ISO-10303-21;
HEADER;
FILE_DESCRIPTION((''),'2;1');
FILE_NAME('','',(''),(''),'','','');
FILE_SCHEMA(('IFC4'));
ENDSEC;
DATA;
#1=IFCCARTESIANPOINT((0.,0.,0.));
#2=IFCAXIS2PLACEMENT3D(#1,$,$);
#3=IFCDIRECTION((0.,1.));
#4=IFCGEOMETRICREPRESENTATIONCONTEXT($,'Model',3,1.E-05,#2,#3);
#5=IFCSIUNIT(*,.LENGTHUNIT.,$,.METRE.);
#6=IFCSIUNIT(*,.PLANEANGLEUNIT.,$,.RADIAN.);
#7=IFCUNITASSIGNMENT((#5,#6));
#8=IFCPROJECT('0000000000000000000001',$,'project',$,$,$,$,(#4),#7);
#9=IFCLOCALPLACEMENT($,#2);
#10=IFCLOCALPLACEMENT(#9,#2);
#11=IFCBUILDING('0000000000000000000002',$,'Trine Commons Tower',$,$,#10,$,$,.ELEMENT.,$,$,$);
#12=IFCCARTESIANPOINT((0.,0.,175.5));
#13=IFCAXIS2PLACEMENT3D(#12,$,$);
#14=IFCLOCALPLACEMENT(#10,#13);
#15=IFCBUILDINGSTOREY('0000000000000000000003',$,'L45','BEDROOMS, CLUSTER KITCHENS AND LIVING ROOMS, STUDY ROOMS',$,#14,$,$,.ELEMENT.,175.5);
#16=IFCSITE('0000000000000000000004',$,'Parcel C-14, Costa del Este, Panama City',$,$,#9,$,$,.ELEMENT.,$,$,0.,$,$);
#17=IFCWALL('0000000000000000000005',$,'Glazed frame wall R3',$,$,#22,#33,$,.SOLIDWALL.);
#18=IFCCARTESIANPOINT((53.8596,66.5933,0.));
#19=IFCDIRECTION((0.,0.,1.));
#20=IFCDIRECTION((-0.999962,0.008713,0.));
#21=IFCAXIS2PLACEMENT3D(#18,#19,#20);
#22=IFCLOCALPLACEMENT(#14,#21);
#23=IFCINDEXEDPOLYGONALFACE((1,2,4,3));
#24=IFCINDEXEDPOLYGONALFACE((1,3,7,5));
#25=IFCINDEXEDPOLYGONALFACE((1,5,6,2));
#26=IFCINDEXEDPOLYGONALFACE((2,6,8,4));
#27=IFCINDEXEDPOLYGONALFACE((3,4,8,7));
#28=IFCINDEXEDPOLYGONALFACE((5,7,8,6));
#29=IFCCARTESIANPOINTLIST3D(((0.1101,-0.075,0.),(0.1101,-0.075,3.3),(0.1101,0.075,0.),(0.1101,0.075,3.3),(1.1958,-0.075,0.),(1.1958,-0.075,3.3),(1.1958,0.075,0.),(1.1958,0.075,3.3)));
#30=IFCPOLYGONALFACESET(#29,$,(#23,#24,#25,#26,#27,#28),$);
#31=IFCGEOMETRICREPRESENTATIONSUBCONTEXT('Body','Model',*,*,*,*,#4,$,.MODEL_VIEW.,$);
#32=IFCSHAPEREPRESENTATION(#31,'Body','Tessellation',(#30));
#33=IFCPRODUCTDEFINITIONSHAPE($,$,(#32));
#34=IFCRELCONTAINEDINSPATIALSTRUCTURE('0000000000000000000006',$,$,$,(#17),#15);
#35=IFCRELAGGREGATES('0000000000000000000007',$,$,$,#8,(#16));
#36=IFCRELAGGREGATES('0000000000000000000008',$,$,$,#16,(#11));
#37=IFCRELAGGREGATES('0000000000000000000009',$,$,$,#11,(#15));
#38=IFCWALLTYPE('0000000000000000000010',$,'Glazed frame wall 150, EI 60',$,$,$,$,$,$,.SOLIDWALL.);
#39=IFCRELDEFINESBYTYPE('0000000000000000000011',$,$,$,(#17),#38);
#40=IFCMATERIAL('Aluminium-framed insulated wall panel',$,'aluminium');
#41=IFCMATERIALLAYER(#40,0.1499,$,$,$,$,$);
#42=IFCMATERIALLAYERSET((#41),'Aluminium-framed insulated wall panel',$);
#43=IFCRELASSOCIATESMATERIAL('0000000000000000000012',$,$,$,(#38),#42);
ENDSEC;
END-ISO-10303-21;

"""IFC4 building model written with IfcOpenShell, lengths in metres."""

from ifc_helpers import new_model, si_unit, direction, frame, origin, place, context, subcontext, project, spatial, polyline, outline, extrude, material, layer, layer_set, type_object, element, save


model = new_model("IFC4")

# Units and contexts
model_context = context("Model", 3, precision=1e-05, world=origin(), true_north=direction((0.0, 1.0)))
body_context = subcontext(model_context, "Body", "Model", "MODEL_VIEW")
ifc_project = project(units=[si_unit("LENGTHUNIT", "METRE"), si_unit("PLANEANGLEUNIT", "RADIAN")], contexts=[model_context])

# Site, building, storey
site_placement = place(None, origin())
site = spatial("IfcSite", under=ifc_project, at=site_placement, Name="Parcel C-14, Costa del Este, Panama City", CompositionType="ELEMENT", RefElevation=0.0)
building_placement = place(site_placement, origin())
building = spatial("IfcBuilding", under=site, at=building_placement, Name="Trine Commons Tower", CompositionType="ELEMENT")
storey_placement = place(building_placement, frame((0.0, 0.0, 175.5)))
storey = spatial("IfcBuildingStorey", under=building, at=storey_placement, Name="L45", Description="BEDROOMS, CLUSTER KITCHENS AND LIVING ROOMS, STUDY ROOMS", CompositionType="ELEMENT", Elevation=175.5)

# Shared definitions
ifc_material_1 = material(Name="Aluminium-framed insulated wall panel", Category="aluminium")
ifc_layer_1 = layer(ifc_material_1, 0.1499)
ifc_layer_set_1 = layer_set([ifc_layer_1], Name="Aluminium-framed insulated wall panel")
wall_type_1 = type_object("IfcWallType", Name="Glazed frame wall 150, EI 60", PredefinedType="SOLIDWALL", material=ifc_layer_set_1)

# Wall
wall_1_placement = place(storey_placement, frame((53.8596, 66.5933, 0.0), z_axis=(0.0, 0.0, 1.0), x_axis=(-0.999962, 0.008713, 0.0)))
element("IfcWall", 1, at=wall_1_placement, inside=storey, type_object=wall_type_1, Name="Glazed frame wall R3", PredefinedType="SOLIDWALL", context=body_context, shape_type="SweptSolid", body=[
    extrude(outline(polyline([(0.1101, 0.075), (0.1101, -0.075), (1.1958, -0.075), (1.1958, 0.075), (0.1101, 0.075)])), origin(), (0.0, 0.0, 1.0), 3.3),
])

save(model, "model.ifc")
